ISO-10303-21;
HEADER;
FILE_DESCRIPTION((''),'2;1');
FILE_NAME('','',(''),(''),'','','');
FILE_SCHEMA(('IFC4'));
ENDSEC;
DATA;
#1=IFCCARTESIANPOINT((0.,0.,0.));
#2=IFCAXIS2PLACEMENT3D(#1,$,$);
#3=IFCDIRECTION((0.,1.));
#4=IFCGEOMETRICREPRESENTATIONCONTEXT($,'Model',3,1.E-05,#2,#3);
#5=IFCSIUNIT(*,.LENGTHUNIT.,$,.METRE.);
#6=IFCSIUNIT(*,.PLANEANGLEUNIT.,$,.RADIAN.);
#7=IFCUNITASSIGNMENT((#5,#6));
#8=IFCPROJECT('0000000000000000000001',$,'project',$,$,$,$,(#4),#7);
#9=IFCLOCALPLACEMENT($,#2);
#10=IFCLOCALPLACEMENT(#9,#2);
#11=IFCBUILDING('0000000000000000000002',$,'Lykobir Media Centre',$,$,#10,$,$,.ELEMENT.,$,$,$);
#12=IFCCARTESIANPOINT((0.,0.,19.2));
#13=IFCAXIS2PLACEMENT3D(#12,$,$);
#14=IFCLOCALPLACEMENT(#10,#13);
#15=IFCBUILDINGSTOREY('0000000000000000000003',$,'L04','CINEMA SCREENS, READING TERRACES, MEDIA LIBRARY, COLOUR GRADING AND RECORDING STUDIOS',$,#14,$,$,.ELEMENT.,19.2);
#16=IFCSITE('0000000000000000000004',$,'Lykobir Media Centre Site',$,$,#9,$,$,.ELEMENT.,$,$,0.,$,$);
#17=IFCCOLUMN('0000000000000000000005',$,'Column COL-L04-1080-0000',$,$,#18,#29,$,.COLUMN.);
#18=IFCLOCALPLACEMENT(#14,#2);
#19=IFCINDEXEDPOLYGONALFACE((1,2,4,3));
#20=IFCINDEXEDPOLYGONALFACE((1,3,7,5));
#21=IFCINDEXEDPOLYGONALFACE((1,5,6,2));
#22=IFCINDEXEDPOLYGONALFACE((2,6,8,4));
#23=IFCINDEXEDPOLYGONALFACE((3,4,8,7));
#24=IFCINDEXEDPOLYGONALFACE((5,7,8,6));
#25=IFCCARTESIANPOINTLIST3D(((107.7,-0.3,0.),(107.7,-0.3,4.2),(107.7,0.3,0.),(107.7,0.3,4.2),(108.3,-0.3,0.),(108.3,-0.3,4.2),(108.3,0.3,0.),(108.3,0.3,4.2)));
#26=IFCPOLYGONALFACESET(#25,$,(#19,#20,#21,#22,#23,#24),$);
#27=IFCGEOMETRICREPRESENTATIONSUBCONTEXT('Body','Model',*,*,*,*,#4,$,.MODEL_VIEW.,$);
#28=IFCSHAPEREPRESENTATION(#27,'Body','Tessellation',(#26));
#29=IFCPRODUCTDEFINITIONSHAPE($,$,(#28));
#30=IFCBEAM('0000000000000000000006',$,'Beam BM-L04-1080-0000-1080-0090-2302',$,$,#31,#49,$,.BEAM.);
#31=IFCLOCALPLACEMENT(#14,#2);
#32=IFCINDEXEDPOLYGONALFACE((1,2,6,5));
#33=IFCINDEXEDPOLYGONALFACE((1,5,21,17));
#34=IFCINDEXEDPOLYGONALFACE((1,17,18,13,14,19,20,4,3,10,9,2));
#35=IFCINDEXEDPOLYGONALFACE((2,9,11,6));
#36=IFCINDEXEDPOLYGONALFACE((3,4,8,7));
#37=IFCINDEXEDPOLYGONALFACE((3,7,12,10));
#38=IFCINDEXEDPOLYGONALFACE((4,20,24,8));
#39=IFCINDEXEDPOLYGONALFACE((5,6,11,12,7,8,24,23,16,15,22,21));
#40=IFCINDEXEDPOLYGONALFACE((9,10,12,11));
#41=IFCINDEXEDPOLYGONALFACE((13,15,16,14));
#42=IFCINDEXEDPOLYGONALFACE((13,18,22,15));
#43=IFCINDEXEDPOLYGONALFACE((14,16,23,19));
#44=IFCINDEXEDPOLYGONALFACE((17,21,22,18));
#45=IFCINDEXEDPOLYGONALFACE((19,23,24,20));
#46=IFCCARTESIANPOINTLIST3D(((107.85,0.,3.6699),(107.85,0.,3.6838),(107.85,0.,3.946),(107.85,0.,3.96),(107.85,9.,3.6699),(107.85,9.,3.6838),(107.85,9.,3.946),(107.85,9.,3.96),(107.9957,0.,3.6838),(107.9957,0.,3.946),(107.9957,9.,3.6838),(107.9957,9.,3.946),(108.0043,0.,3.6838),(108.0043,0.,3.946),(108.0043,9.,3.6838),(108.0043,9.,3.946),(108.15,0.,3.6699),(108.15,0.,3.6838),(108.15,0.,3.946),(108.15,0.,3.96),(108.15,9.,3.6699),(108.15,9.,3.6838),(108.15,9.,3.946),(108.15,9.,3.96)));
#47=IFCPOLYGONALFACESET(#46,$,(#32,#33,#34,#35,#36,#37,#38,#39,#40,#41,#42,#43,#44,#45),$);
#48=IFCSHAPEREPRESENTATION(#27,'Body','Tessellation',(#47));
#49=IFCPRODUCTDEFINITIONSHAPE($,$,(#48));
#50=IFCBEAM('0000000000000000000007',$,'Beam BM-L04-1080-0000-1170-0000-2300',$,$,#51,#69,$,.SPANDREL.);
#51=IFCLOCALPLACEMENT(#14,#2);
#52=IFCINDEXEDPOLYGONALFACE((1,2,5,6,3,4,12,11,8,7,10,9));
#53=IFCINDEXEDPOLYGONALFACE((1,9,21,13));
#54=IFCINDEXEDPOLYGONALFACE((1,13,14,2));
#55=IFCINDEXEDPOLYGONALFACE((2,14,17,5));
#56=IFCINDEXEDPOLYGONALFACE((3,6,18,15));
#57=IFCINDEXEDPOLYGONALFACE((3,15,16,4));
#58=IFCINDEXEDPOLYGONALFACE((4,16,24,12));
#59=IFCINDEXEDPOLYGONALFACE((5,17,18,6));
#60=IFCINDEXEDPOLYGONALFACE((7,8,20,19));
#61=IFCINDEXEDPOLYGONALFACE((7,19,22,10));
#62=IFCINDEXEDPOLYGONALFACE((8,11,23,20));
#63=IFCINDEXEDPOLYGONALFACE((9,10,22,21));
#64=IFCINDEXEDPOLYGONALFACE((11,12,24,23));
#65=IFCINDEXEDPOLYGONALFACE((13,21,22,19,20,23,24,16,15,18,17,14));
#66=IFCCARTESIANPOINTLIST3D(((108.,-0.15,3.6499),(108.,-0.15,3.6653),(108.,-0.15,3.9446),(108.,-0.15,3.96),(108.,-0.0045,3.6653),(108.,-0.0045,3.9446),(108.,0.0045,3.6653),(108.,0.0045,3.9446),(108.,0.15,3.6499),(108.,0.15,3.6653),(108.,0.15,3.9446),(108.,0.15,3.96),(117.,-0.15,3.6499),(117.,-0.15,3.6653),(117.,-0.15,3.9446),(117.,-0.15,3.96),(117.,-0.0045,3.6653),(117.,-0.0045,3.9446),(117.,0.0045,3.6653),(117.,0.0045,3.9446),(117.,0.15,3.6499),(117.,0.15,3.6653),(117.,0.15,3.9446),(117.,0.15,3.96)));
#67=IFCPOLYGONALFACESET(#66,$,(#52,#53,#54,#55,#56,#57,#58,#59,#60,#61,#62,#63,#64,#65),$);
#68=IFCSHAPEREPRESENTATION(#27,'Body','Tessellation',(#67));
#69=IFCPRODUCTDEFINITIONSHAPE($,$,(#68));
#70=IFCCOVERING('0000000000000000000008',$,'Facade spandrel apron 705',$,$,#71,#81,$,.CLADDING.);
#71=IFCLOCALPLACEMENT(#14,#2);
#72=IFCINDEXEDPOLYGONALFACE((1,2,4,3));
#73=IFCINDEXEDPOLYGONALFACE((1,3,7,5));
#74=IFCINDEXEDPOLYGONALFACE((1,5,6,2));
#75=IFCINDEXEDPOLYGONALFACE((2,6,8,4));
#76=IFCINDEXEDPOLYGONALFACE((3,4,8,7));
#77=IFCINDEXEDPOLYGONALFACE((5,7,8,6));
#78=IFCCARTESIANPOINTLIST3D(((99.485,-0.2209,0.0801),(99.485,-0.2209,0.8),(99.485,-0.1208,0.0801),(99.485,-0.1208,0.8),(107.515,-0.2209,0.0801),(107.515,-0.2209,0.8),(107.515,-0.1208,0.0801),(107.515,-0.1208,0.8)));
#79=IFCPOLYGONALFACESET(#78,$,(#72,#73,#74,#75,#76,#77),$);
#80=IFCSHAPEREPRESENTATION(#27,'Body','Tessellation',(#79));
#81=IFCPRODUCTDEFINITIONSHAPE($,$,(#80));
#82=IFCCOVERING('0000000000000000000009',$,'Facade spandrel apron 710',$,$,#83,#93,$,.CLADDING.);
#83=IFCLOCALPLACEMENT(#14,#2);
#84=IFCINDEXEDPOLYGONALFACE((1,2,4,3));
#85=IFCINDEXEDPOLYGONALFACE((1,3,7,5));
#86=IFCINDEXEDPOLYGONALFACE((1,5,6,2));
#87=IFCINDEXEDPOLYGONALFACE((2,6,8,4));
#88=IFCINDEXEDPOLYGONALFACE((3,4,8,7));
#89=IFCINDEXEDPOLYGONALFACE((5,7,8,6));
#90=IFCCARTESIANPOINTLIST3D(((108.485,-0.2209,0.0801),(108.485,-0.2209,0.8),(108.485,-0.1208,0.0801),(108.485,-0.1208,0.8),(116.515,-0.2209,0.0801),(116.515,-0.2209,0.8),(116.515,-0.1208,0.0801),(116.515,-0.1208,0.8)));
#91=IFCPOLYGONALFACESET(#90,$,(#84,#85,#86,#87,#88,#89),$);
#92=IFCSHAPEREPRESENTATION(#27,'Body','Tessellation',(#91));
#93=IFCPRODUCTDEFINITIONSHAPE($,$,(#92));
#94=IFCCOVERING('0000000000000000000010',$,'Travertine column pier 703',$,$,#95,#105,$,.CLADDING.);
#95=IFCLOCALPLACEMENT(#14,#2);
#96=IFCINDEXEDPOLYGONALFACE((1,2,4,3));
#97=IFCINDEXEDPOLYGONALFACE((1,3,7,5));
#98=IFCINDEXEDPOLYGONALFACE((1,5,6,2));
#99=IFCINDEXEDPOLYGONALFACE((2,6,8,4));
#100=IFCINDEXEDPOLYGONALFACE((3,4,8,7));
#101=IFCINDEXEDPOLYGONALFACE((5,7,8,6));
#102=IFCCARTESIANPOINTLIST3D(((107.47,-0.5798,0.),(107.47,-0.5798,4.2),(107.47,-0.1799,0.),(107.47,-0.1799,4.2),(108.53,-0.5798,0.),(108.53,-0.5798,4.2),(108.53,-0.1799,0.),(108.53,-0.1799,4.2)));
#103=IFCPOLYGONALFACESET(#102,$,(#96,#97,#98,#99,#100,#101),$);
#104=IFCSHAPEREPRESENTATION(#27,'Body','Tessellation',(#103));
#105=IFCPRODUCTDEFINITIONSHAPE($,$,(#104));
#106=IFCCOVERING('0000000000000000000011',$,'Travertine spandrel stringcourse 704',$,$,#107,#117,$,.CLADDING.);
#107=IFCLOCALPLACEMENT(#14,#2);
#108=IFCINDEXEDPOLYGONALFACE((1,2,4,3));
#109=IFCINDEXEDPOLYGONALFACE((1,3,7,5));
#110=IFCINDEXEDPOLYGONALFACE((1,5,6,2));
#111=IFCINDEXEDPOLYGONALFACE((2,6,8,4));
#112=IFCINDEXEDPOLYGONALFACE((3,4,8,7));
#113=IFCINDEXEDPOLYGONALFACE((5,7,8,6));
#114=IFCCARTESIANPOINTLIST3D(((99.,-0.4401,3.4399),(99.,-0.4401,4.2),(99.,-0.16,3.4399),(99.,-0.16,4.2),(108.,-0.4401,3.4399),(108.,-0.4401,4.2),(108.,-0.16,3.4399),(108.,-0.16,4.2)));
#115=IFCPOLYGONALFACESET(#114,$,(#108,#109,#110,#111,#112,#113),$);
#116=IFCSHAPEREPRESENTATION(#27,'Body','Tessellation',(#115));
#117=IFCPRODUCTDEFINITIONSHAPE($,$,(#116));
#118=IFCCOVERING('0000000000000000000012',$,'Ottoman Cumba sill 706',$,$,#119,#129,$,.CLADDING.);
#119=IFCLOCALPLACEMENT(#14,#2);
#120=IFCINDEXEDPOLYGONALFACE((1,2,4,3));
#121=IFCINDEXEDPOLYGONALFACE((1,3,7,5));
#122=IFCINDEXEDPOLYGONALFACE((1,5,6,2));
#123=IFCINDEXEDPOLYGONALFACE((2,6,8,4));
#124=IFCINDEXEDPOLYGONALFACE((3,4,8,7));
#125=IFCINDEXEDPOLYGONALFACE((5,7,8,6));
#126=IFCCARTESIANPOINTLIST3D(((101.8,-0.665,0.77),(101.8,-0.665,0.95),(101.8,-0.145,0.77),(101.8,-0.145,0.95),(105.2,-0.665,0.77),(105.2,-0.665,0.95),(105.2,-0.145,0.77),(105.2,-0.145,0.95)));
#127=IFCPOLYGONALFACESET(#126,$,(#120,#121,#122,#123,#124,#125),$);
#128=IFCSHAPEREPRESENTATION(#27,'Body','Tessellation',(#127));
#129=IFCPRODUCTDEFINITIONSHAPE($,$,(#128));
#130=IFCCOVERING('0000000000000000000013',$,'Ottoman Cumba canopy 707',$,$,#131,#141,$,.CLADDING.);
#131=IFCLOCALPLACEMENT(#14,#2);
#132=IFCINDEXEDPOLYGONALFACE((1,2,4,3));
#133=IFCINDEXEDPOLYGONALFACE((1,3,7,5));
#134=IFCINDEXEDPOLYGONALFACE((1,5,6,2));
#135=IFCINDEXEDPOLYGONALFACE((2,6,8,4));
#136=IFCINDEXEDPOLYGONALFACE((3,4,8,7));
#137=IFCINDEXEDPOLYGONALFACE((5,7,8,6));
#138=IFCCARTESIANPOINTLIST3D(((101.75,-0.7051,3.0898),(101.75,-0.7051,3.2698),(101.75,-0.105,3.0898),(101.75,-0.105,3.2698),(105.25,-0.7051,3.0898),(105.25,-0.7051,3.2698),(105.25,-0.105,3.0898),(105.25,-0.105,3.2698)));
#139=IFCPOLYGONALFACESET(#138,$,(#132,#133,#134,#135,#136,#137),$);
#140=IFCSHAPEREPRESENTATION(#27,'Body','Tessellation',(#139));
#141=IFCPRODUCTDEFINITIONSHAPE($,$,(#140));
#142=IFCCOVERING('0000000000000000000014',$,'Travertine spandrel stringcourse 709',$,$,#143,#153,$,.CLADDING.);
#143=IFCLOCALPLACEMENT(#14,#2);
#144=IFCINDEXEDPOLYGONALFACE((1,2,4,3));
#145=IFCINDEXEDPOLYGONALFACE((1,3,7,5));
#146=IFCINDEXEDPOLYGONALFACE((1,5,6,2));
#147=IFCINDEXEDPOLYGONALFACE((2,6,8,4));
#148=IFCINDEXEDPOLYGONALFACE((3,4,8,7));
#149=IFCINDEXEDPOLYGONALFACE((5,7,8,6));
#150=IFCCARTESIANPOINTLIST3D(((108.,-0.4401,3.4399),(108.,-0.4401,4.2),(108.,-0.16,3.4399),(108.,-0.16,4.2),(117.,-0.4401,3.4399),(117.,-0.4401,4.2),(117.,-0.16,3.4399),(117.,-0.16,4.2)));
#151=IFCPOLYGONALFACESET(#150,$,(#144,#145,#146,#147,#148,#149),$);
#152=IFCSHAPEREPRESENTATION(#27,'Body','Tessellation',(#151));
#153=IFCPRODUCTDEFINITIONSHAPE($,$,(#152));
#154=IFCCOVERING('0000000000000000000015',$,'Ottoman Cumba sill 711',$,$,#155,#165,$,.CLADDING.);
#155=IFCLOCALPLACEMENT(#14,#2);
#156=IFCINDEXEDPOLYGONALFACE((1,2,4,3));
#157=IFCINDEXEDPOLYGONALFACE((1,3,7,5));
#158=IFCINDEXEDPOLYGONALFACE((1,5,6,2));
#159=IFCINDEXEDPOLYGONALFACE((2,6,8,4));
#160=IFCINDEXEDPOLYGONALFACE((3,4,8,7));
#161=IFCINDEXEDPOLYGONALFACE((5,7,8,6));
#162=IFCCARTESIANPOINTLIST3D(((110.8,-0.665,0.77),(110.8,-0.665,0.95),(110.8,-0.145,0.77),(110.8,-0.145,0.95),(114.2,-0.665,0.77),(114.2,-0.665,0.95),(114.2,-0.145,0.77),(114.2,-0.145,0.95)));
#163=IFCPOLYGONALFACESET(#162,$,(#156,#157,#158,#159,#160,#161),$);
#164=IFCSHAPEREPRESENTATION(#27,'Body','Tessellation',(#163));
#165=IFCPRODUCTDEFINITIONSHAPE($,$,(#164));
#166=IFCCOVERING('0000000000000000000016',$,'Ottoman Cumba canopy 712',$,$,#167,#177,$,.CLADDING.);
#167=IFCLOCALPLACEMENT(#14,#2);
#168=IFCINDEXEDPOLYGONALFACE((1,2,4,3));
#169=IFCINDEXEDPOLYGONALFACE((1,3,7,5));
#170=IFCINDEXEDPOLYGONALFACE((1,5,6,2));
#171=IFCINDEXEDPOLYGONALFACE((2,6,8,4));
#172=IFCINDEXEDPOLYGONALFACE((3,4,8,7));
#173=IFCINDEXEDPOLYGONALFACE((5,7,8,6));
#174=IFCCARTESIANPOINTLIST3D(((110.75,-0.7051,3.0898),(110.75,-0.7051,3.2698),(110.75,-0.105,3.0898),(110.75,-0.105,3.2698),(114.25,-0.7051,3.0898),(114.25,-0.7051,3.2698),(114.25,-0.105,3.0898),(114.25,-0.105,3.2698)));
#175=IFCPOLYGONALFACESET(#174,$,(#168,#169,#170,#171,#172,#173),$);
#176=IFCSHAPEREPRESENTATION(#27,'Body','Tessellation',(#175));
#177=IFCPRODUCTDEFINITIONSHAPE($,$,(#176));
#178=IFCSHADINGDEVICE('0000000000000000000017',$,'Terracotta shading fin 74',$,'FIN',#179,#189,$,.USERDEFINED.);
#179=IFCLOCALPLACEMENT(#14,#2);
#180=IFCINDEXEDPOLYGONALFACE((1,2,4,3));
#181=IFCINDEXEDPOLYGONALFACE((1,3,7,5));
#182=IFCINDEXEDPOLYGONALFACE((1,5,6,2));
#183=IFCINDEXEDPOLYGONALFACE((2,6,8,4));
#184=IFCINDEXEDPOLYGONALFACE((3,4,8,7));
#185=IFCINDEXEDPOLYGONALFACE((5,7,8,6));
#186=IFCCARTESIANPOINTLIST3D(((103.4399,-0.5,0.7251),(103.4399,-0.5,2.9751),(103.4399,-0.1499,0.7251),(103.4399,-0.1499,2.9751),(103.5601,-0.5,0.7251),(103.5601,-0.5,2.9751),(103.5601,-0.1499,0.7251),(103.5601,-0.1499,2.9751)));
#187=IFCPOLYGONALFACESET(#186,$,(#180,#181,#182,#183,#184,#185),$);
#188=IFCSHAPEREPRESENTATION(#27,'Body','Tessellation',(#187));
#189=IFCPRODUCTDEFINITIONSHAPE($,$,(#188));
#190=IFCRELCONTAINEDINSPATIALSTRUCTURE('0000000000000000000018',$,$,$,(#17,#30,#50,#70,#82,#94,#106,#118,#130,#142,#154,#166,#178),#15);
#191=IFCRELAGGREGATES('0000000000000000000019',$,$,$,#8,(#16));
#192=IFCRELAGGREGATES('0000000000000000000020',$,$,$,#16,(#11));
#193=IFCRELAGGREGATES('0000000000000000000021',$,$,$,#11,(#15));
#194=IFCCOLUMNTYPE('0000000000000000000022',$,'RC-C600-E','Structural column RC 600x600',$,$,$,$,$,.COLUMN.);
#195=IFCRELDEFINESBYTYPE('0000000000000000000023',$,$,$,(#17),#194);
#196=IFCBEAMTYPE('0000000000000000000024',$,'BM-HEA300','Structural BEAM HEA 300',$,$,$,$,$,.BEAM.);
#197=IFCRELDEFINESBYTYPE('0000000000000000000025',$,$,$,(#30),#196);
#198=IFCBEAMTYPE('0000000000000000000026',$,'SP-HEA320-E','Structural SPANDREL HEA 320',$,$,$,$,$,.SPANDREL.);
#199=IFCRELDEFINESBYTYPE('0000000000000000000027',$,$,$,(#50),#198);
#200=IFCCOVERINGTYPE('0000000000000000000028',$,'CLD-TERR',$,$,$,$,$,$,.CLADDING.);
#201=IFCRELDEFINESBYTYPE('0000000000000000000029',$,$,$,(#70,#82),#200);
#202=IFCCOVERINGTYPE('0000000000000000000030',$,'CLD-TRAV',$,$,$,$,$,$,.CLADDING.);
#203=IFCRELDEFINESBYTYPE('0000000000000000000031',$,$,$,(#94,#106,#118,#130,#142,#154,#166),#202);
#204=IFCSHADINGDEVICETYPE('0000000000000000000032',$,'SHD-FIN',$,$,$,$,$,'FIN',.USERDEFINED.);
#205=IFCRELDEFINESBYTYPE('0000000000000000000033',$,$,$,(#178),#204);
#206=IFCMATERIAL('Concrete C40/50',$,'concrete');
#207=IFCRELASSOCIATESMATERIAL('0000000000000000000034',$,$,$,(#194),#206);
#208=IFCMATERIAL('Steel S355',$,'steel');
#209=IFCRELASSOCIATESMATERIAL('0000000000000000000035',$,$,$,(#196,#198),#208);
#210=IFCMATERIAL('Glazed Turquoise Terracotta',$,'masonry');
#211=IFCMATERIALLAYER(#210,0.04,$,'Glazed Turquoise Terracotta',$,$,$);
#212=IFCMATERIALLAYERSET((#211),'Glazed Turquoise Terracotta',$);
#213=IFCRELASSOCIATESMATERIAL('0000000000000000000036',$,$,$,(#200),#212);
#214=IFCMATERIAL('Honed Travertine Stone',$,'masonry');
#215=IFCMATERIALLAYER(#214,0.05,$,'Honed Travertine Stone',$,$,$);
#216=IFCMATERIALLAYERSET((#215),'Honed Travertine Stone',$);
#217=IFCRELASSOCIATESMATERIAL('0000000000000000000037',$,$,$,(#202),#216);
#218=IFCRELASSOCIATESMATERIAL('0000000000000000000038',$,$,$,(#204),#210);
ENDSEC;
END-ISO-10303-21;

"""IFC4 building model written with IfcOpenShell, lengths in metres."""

from ifc_helpers import new_model, si_unit, direction, frame, origin, origin_2d, place, context, subcontext, project, spatial, rectangle, i_section, extrude, material, layer, layer_set, material_profile, profile_set, type_object, element, save


model = new_model("IFC4")

# Units and contexts
model_context = context("Model", 3, precision=1e-05, world=origin(), true_north=direction((0.0, 1.0)))
body_context = subcontext(model_context, "Body", "Model", "MODEL_VIEW")
ifc_project = project(units=[si_unit("LENGTHUNIT", "METRE"), si_unit("PLANEANGLEUNIT", "RADIAN")], contexts=[model_context])

# Site, building, storey
site_placement = place(None, origin())
site = spatial("IfcSite", under=ifc_project, at=site_placement, Name="Lykobir Media Centre Site", CompositionType="ELEMENT", RefElevation=0.0)
building_placement = place(site_placement, origin())
building = spatial("IfcBuilding", under=site, at=building_placement, Name="Lykobir Media Centre", CompositionType="ELEMENT")
storey_placement = place(building_placement, frame((0.0, 0.0, 19.2)))
storey = spatial("IfcBuildingStorey", under=building, at=storey_placement, Name="L04", Description="CINEMA SCREENS, READING TERRACES, MEDIA LIBRARY, COLOUR GRADING AND RECORDING STUDIOS", CompositionType="ELEMENT", Elevation=19.2)

# Column
ifc_material_1 = material(Name="Concrete C40/50", Category="concrete")
ifc_material_profile_1 = material_profile(ifc_material_1, rectangle(XDim=0.6001, YDim=0.6001, at=origin_2d()), Name="RC 600x600")
ifc_profile_set_1 = profile_set([ifc_material_profile_1], Name="Concrete C40/50")
column_type = type_object("IfcColumnType", Name="RC-C600-E", Description="Structural column RC 600x600", PredefinedType="COLUMN", material=ifc_profile_set_1)
column_placement = place(storey_placement, frame((108.0, 0.0, 0.0), z_axis=(0.0, 0.0, 1.0), x_axis=(1.0, 0.0, 0.0)))
element("IfcColumn", 1, at=column_placement, inside=storey, type_object=column_type, Name="Column COL-L04-1080-0000", PredefinedType="COLUMN", context=body_context, shape_type="SweptSolid", body=[
    extrude(rectangle(XDim=0.6001, YDim=0.6001, at=origin_2d()), origin(), (0.0, 0.0, 1.0), 4.2),
])

# Beams
ifc_material_2 = material(Name="Steel S355", Category="steel")
ifc_material_profile_2 = material_profile(ifc_material_2, i_section(OverallWidth=0.3, OverallDepth=0.29, WebThickness=0.0085, FlangeThickness=0.0139, at=origin_2d()), Name="HEA 300")
ifc_profile_set_2 = profile_set([ifc_material_profile_2], Name="Steel S355")
beam_type_1 = type_object("IfcBeamType", Name="BM-HEA300", Description="Structural BEAM HEA 300", PredefinedType="BEAM", material=ifc_profile_set_2)
beam_1_placement = place(storey_placement, frame((108.0, 0.0, 3.8149), z_axis=(0.0, 1.0, 0.0), x_axis=(-1.0, 0.0, 0.0)))
element("IfcBeam", 2, at=beam_1_placement, inside=storey, type_object=beam_type_1, Name="Beam BM-L04-1080-0000-1080-0090-2302", PredefinedType="BEAM", context=body_context, shape_type="SweptSolid", body=[
    extrude(i_section(OverallWidth=0.3, OverallDepth=0.29, WebThickness=0.0085, FlangeThickness=0.0139, at=origin_2d()), origin(), (0.0, 0.0, 1.0), 9.0),
])
ifc_material_profile_3 = material_profile(ifc_material_2, i_section(OverallWidth=0.3, OverallDepth=0.3101, WebThickness=0.009, FlangeThickness=0.0154, at=origin_2d()), Name="HEA 320")
ifc_profile_set_3 = profile_set([ifc_material_profile_3], Name="Steel S355")
beam_type_2 = type_object("IfcBeamType", Name="SP-HEA320-E", Description="Structural SPANDREL HEA 320", PredefinedType="SPANDREL", material=ifc_profile_set_3)
beam_2_placement = place(storey_placement, frame((108.0, 0.0, 3.8049), z_axis=(1.0, 0.0, 0.0), x_axis=(0.0, 1.0, 0.0)))
element("IfcBeam", 3, at=beam_2_placement, inside=storey, type_object=beam_type_2, Name="Beam BM-L04-1080-0000-1170-0000-2300", PredefinedType="SPANDREL", context=body_context, shape_type="SweptSolid", body=[
    extrude(i_section(OverallWidth=0.3, OverallDepth=0.3101, WebThickness=0.009, FlangeThickness=0.0154, at=origin_2d()), origin(), (0.0, 0.0, 1.0), 9.0),
])

# Coverings
ifc_material_3 = material(Name="Glazed Turquoise Terracotta", Category="masonry")
ifc_layer_1 = layer(ifc_material_3, 0.04, Name="Glazed Turquoise Terracotta")
ifc_layer_set_1 = layer_set([ifc_layer_1], Name="Glazed Turquoise Terracotta")
covering_type_1 = type_object("IfcCoveringType", Name="CLD-TERR", PredefinedType="CLADDING", material=ifc_layer_set_1)
for number, where, z_axis, x_axis, name in (
    (4, (103.5, -0.1709, 0.0801), (0.0, 0.0, 1.0), (1.0, 0.0, 0.0), "Facade spandrel apron 705"),
    (5, (112.5, -0.1709, 0.0801), (0.0, 0.0, 1.0), (1.0, 0.0, 0.0), "Facade spandrel apron 710"),
):
    element("IfcCovering", number, at=place(storey_placement, frame(where, z_axis=z_axis, x_axis=x_axis)), inside=storey, type_object=covering_type_1, Name=name, PredefinedType="CLADDING", context=body_context, shape_type="SweptSolid", body=[
        extrude(rectangle(XDim=8.03, YDim=0.1001, at=origin_2d()), origin(), (0.0, 0.0, 1.0), 0.72),
    ])
ifc_material_4 = material(Name="Honed Travertine Stone", Category="masonry")
ifc_layer_2 = layer(ifc_material_4, 0.05, Name="Honed Travertine Stone")
ifc_layer_set_2 = layer_set([ifc_layer_2], Name="Honed Travertine Stone")
covering_type_2 = type_object("IfcCoveringType", Name="CLD-TRAV", PredefinedType="CLADDING", material=ifc_layer_set_2)
covering_1_placement = place(storey_placement, frame((108.0, -0.3799, 0.0), z_axis=(0.0, 0.0, 1.0), x_axis=(1.0, 0.0, 0.0)))
element("IfcCovering", 6, at=covering_1_placement, inside=storey, type_object=covering_type_2, Name="Travertine column pier 703", PredefinedType="CLADDING", context=body_context, shape_type="SweptSolid", body=[
    extrude(rectangle(XDim=1.0601, YDim=0.3999, at=origin_2d()), origin(), (0.0, 0.0, 1.0), 4.2),
])
covering_2_placement = place(storey_placement, frame((103.5, -0.3, 3.4399), z_axis=(0.0, 0.0, 1.0), x_axis=(1.0, 0.0, 0.0)))
element("IfcCovering", 7, at=covering_2_placement, inside=storey, type_object=covering_type_2, Name="Travertine spandrel stringcourse 704", PredefinedType="CLADDING", context=body_context, shape_type="SweptSolid", body=[
    extrude(rectangle(XDim=9.0, YDim=0.28, at=origin_2d()), origin(), (0.0, 0.0, 1.0), 0.76),
])
covering_3_placement = place(storey_placement, frame((103.5, -0.405, 0.77), z_axis=(0.0, 0.0, 1.0), x_axis=(1.0, 0.0, 0.0)))
element("IfcCovering", 8, at=covering_3_placement, inside=storey, type_object=covering_type_2, Name="Ottoman Cumba sill 706", PredefinedType="CLADDING", context=body_context, shape_type="SweptSolid", body=[
    extrude(rectangle(XDim=3.3999, YDim=0.52, at=origin_2d()), origin(), (0.0, 0.0, 1.0), 0.1799),
])
covering_4_placement = place(storey_placement, frame((103.5, -0.405, 3.0898), z_axis=(0.0, 0.0, 1.0), x_axis=(1.0, 0.0, 0.0)))
element("IfcCovering", 9, at=covering_4_placement, inside=storey, type_object=covering_type_2, Name="Ottoman Cumba canopy 707", PredefinedType="CLADDING", context=body_context, shape_type="SweptSolid", body=[
    extrude(rectangle(XDim=3.5, YDim=0.6001, at=origin_2d()), origin(), (0.0, 0.0, 1.0), 0.1799),
])
covering_5_placement = place(storey_placement, frame((112.5, -0.3, 3.4399), z_axis=(0.0, 0.0, 1.0), x_axis=(1.0, 0.0, 0.0)))
element("IfcCovering", 10, at=covering_5_placement, inside=storey, type_object=covering_type_2, Name="Travertine spandrel stringcourse 709", PredefinedType="CLADDING", context=body_context, shape_type="SweptSolid", body=[
    extrude(rectangle(XDim=9.0, YDim=0.28, at=origin_2d()), origin(), (0.0, 0.0, 1.0), 0.76),
])
covering_6_placement = place(storey_placement, frame((112.5, -0.405, 0.77), z_axis=(0.0, 0.0, 1.0), x_axis=(1.0, 0.0, 0.0)))
element("IfcCovering", 11, at=covering_6_placement, inside=storey, type_object=covering_type_2, Name="Ottoman Cumba sill 711", PredefinedType="CLADDING", context=body_context, shape_type="SweptSolid", body=[
    extrude(rectangle(XDim=3.3999, YDim=0.52, at=origin_2d()), origin(), (0.0, 0.0, 1.0), 0.1799),
])
covering_7_placement = place(storey_placement, frame((112.5, -0.405, 3.0898), z_axis=(0.0, 0.0, 1.0), x_axis=(1.0, 0.0, 0.0)))
element("IfcCovering", 12, at=covering_7_placement, inside=storey, type_object=covering_type_2, Name="Ottoman Cumba canopy 712", PredefinedType="CLADDING", context=body_context, shape_type="SweptSolid", body=[
    extrude(rectangle(XDim=3.5, YDim=0.6001, at=origin_2d()), origin(), (0.0, 0.0, 1.0), 0.1799),
])

# Shading device
shading_device_type = type_object("IfcShadingDeviceType", Name="SHD-FIN", ElementType="FIN", PredefinedType="USERDEFINED", material=ifc_material_3)
for number, where, z_axis, x_axis, name in (
    (13, (103.5, -0.325, 0.7251), (0.0, 0.0, 1.0), (1.0, 0.0, 0.0), "Terracotta shading fin 74"),
):
    element("IfcShadingDevice", number, at=place(storey_placement, frame(where, z_axis=z_axis, x_axis=x_axis)), inside=storey, type_object=shading_device_type, Name=name, ObjectType="FIN", PredefinedType="USERDEFINED", context=body_context, shape_type="SweptSolid", body=[
        extrude(rectangle(XDim=0.1201, YDim=0.3501, at=origin_2d()), origin(), (0.0, 0.0, 1.0), 2.25),
    ])

save(model, "model.ifc")
